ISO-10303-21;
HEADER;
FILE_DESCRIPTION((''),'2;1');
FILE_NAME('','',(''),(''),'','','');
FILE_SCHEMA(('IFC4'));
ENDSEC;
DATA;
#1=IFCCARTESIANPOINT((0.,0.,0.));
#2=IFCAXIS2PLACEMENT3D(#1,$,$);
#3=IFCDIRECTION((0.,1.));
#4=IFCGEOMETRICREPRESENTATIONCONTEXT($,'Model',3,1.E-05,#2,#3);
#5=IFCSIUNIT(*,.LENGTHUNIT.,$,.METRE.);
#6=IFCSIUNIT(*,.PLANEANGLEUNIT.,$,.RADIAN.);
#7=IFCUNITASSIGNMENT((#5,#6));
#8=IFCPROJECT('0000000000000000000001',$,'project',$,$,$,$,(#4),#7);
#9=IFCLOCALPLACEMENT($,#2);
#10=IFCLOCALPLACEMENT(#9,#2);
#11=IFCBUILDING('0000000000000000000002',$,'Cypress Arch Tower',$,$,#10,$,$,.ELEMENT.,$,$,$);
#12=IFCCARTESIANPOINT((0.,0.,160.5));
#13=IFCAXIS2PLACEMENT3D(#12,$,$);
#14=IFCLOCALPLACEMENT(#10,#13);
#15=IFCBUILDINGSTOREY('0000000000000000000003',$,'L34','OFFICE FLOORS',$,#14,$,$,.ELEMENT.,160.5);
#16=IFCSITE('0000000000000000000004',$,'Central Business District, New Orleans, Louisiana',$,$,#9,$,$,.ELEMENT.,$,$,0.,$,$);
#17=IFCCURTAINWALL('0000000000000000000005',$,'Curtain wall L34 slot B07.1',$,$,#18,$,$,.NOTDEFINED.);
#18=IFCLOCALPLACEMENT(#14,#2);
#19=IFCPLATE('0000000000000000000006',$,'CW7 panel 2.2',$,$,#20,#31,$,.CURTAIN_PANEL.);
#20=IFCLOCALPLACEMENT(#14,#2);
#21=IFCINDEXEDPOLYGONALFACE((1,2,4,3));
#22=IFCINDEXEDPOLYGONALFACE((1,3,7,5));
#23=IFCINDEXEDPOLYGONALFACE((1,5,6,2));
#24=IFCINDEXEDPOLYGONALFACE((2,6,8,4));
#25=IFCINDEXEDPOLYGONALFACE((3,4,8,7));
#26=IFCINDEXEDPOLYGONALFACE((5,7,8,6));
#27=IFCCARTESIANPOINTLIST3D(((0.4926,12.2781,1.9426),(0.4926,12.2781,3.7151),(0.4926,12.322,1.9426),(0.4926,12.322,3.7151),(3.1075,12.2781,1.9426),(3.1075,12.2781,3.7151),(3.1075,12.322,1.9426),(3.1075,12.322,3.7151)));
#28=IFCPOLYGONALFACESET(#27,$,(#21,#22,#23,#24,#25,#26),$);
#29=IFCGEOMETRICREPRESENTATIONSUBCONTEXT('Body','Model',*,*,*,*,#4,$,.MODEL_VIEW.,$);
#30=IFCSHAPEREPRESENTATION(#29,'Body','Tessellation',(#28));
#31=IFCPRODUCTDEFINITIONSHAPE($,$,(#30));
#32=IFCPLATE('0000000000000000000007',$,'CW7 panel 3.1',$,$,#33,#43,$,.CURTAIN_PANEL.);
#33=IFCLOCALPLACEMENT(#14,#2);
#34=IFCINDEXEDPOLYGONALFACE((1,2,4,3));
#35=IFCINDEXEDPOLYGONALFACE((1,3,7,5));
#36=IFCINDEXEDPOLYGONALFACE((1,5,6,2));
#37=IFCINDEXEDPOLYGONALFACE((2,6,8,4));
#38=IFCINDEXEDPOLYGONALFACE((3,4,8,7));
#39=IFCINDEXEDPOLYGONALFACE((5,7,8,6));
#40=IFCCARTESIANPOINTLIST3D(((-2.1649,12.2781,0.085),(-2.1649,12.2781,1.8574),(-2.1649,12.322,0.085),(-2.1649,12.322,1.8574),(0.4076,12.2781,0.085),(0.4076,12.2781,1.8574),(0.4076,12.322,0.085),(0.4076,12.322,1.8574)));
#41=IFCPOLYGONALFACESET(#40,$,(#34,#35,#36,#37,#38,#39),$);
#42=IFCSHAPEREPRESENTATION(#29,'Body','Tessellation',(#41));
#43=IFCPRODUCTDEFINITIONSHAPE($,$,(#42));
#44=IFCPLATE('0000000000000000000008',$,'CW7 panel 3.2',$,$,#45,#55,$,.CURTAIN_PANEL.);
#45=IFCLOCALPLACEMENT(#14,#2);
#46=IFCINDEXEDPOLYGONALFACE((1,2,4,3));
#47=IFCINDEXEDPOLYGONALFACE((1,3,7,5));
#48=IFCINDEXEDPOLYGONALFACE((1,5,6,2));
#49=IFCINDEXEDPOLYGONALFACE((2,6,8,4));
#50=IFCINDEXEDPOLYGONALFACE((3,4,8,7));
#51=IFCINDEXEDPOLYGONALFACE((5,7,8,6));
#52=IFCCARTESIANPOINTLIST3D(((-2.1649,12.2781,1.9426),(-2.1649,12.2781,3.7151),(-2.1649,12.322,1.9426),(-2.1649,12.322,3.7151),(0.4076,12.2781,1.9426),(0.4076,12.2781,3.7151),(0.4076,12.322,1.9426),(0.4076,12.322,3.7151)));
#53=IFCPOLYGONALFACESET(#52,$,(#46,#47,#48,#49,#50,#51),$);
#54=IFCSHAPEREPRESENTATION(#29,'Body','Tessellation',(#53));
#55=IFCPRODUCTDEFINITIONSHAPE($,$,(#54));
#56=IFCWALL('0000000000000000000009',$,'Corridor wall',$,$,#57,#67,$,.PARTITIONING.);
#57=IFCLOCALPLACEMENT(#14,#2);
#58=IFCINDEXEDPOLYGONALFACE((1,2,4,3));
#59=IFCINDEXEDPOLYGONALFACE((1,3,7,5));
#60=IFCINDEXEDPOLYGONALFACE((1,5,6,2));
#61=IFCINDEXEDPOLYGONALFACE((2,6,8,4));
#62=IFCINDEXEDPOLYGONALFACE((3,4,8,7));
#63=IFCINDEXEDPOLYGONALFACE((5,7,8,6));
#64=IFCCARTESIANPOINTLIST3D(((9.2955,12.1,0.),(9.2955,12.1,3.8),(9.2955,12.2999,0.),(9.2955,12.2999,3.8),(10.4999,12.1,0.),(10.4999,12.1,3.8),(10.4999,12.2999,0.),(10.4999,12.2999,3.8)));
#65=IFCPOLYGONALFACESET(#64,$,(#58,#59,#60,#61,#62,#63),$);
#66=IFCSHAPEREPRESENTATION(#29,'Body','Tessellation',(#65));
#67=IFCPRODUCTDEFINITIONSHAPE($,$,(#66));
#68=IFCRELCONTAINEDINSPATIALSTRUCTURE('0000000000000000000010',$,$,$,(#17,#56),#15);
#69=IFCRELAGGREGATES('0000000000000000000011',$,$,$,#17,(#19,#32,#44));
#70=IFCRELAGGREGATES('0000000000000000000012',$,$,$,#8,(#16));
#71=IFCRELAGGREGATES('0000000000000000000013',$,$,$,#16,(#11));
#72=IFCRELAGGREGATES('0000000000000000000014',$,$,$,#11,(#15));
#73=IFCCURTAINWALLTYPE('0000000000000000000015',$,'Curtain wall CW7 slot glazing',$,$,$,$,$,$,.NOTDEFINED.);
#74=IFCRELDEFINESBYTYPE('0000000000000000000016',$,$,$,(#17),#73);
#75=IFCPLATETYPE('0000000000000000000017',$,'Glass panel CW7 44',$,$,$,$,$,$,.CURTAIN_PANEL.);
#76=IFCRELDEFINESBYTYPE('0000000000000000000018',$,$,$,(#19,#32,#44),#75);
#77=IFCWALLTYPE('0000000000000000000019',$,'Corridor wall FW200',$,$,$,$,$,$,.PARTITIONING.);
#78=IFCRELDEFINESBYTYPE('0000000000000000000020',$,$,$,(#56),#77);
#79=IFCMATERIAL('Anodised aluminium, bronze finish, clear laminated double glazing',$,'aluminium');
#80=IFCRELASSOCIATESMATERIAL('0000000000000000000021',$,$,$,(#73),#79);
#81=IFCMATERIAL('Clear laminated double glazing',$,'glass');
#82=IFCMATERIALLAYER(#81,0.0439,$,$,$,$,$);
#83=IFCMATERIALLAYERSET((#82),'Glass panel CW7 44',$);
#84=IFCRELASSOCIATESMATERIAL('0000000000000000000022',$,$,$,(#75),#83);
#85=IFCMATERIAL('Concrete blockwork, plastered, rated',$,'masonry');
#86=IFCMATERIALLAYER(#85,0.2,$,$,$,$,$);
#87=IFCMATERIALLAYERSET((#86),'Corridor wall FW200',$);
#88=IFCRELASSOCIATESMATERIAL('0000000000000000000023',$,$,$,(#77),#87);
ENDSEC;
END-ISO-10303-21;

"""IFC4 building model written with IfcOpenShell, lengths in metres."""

from ifc_helpers import new_model, si_unit, direction, frame, frame_2d, origin, origin_2d, place, context, subcontext, project, spatial, rectangle, extrude, material, layer, layer_set, type_object, element, aggregate, save


model = new_model("IFC4")

# Units and contexts
model_context = context("Model", 3, precision=1e-05, world=origin(), true_north=direction((0.0, 1.0)))
body_context = subcontext(model_context, "Body", "Model", "MODEL_VIEW")
ifc_project = project(units=[si_unit("LENGTHUNIT", "METRE"), si_unit("PLANEANGLEUNIT", "RADIAN")], contexts=[model_context])

# Site, building, storey
site_placement = place(None, origin())
site = spatial("IfcSite", under=ifc_project, at=site_placement, Name="Central Business District, New Orleans, Louisiana", CompositionType="ELEMENT", RefElevation=0.0)
building_placement = place(site_placement, origin())
building = spatial("IfcBuilding", under=site, at=building_placement, Name="Cypress Arch Tower", CompositionType="ELEMENT")
storey_placement = place(building_placement, frame((0.0, 0.0, 160.5)))
storey = spatial("IfcBuildingStorey", under=building, at=storey_placement, Name="L34", Description="OFFICE FLOORS", CompositionType="ELEMENT", Elevation=160.5)

# Curtain wall
ifc_material_1 = material(Name="Anodised aluminium, bronze finish, clear laminated double glazing", Category="aluminium")
curtain_wall_type = type_object("IfcCurtainWallType", Name="Curtain wall CW7 slot glazing", PredefinedType="NOTDEFINED", material=ifc_material_1)
curtain_wall_placement = place(storey_placement, origin())
curtain_wall = element("IfcCurtainWall", 1, at=curtain_wall_placement, inside=storey, type_object=curtain_wall_type, Name="Curtain wall L34 slot B07.1", PredefinedType="NOTDEFINED")

# Plates
ifc_material_2 = material(Name="Clear laminated double glazing", Category="glass")
ifc_layer_1 = layer(ifc_material_2, 0.0439)
ifc_layer_set_1 = layer_set([ifc_layer_1], Name="Glass panel CW7 44")
plate_type = type_object("IfcPlateType", Name="Glass panel CW7 44", PredefinedType="CURTAIN_PANEL", material=ifc_layer_set_1)
plate_1_placement = place(storey_placement, frame((1.8, 12.3, 1.9426), z_axis=(0.0, 0.0, 1.0), x_axis=(-1.0, 0.0, 0.0)))
plate_1 = element("IfcPlate", 2, at=plate_1_placement, type_object=plate_type, Name="CW7 panel 2.2", PredefinedType="CURTAIN_PANEL", context=body_context, shape_type="SweptSolid", body=[
    extrude(rectangle(XDim=2.615, YDim=0.0439, at=origin_2d()), origin(), (0.0, 0.0, 1.0), 1.7725),
])
plate_2_placement = place(storey_placement, frame((-0.8787, 12.3, 0.085), z_axis=(0.0, 0.0, 1.0), x_axis=(-1.0, 0.0, 0.0)))
plate_2 = element("IfcPlate", 3, at=plate_2_placement, type_object=plate_type, Name="CW7 panel 3.1", PredefinedType="CURTAIN_PANEL", context=body_context, shape_type="SweptSolid", body=[
    extrude(rectangle(XDim=2.5725, YDim=0.0439, at=origin_2d()), origin(), (0.0, 0.0, 1.0), 1.7725),
])
plate_3_placement = place(storey_placement, frame((-0.8787, 12.3, 1.9426), z_axis=(0.0, 0.0, 1.0), x_axis=(-1.0, 0.0, 0.0)))
plate_3 = element("IfcPlate", 4, at=plate_3_placement, type_object=plate_type, Name="CW7 panel 3.2", PredefinedType="CURTAIN_PANEL", context=body_context, shape_type="SweptSolid", body=[
    extrude(rectangle(XDim=2.5725, YDim=0.0439, at=origin_2d()), origin(), (0.0, 0.0, 1.0), 1.7725),
])
aggregate(curtain_wall, [plate_1, plate_2, plate_3])

# Wall
ifc_material_3 = material(Name="Concrete blockwork, plastered, rated", Category="masonry")
ifc_layer_2 = layer(ifc_material_3, 0.2)
ifc_layer_set_2 = layer_set([ifc_layer_2], Name="Corridor wall FW200")
wall_type = type_object("IfcWallType", Name="Corridor wall FW200", PredefinedType="PARTITIONING", material=ifc_layer_set_2)
wall_placement = place(storey_placement, frame((9.2957, 12.2, 0.0), z_axis=(0.0, 0.0, 1.0), x_axis=(1.0, 0.0, 0.0)))
element("IfcWall", 5, at=wall_placement, inside=storey, type_object=wall_type, Name="Corridor wall", PredefinedType="PARTITIONING", context=body_context, shape_type="SweptSolid", body=[
    extrude(rectangle(XDim=1.2043, YDim=0.2, at=frame_2d((0.6021, 0.0))), origin(), (0.0, 0.0, 1.0), 3.8),
])

save(model, "model.ifc")
